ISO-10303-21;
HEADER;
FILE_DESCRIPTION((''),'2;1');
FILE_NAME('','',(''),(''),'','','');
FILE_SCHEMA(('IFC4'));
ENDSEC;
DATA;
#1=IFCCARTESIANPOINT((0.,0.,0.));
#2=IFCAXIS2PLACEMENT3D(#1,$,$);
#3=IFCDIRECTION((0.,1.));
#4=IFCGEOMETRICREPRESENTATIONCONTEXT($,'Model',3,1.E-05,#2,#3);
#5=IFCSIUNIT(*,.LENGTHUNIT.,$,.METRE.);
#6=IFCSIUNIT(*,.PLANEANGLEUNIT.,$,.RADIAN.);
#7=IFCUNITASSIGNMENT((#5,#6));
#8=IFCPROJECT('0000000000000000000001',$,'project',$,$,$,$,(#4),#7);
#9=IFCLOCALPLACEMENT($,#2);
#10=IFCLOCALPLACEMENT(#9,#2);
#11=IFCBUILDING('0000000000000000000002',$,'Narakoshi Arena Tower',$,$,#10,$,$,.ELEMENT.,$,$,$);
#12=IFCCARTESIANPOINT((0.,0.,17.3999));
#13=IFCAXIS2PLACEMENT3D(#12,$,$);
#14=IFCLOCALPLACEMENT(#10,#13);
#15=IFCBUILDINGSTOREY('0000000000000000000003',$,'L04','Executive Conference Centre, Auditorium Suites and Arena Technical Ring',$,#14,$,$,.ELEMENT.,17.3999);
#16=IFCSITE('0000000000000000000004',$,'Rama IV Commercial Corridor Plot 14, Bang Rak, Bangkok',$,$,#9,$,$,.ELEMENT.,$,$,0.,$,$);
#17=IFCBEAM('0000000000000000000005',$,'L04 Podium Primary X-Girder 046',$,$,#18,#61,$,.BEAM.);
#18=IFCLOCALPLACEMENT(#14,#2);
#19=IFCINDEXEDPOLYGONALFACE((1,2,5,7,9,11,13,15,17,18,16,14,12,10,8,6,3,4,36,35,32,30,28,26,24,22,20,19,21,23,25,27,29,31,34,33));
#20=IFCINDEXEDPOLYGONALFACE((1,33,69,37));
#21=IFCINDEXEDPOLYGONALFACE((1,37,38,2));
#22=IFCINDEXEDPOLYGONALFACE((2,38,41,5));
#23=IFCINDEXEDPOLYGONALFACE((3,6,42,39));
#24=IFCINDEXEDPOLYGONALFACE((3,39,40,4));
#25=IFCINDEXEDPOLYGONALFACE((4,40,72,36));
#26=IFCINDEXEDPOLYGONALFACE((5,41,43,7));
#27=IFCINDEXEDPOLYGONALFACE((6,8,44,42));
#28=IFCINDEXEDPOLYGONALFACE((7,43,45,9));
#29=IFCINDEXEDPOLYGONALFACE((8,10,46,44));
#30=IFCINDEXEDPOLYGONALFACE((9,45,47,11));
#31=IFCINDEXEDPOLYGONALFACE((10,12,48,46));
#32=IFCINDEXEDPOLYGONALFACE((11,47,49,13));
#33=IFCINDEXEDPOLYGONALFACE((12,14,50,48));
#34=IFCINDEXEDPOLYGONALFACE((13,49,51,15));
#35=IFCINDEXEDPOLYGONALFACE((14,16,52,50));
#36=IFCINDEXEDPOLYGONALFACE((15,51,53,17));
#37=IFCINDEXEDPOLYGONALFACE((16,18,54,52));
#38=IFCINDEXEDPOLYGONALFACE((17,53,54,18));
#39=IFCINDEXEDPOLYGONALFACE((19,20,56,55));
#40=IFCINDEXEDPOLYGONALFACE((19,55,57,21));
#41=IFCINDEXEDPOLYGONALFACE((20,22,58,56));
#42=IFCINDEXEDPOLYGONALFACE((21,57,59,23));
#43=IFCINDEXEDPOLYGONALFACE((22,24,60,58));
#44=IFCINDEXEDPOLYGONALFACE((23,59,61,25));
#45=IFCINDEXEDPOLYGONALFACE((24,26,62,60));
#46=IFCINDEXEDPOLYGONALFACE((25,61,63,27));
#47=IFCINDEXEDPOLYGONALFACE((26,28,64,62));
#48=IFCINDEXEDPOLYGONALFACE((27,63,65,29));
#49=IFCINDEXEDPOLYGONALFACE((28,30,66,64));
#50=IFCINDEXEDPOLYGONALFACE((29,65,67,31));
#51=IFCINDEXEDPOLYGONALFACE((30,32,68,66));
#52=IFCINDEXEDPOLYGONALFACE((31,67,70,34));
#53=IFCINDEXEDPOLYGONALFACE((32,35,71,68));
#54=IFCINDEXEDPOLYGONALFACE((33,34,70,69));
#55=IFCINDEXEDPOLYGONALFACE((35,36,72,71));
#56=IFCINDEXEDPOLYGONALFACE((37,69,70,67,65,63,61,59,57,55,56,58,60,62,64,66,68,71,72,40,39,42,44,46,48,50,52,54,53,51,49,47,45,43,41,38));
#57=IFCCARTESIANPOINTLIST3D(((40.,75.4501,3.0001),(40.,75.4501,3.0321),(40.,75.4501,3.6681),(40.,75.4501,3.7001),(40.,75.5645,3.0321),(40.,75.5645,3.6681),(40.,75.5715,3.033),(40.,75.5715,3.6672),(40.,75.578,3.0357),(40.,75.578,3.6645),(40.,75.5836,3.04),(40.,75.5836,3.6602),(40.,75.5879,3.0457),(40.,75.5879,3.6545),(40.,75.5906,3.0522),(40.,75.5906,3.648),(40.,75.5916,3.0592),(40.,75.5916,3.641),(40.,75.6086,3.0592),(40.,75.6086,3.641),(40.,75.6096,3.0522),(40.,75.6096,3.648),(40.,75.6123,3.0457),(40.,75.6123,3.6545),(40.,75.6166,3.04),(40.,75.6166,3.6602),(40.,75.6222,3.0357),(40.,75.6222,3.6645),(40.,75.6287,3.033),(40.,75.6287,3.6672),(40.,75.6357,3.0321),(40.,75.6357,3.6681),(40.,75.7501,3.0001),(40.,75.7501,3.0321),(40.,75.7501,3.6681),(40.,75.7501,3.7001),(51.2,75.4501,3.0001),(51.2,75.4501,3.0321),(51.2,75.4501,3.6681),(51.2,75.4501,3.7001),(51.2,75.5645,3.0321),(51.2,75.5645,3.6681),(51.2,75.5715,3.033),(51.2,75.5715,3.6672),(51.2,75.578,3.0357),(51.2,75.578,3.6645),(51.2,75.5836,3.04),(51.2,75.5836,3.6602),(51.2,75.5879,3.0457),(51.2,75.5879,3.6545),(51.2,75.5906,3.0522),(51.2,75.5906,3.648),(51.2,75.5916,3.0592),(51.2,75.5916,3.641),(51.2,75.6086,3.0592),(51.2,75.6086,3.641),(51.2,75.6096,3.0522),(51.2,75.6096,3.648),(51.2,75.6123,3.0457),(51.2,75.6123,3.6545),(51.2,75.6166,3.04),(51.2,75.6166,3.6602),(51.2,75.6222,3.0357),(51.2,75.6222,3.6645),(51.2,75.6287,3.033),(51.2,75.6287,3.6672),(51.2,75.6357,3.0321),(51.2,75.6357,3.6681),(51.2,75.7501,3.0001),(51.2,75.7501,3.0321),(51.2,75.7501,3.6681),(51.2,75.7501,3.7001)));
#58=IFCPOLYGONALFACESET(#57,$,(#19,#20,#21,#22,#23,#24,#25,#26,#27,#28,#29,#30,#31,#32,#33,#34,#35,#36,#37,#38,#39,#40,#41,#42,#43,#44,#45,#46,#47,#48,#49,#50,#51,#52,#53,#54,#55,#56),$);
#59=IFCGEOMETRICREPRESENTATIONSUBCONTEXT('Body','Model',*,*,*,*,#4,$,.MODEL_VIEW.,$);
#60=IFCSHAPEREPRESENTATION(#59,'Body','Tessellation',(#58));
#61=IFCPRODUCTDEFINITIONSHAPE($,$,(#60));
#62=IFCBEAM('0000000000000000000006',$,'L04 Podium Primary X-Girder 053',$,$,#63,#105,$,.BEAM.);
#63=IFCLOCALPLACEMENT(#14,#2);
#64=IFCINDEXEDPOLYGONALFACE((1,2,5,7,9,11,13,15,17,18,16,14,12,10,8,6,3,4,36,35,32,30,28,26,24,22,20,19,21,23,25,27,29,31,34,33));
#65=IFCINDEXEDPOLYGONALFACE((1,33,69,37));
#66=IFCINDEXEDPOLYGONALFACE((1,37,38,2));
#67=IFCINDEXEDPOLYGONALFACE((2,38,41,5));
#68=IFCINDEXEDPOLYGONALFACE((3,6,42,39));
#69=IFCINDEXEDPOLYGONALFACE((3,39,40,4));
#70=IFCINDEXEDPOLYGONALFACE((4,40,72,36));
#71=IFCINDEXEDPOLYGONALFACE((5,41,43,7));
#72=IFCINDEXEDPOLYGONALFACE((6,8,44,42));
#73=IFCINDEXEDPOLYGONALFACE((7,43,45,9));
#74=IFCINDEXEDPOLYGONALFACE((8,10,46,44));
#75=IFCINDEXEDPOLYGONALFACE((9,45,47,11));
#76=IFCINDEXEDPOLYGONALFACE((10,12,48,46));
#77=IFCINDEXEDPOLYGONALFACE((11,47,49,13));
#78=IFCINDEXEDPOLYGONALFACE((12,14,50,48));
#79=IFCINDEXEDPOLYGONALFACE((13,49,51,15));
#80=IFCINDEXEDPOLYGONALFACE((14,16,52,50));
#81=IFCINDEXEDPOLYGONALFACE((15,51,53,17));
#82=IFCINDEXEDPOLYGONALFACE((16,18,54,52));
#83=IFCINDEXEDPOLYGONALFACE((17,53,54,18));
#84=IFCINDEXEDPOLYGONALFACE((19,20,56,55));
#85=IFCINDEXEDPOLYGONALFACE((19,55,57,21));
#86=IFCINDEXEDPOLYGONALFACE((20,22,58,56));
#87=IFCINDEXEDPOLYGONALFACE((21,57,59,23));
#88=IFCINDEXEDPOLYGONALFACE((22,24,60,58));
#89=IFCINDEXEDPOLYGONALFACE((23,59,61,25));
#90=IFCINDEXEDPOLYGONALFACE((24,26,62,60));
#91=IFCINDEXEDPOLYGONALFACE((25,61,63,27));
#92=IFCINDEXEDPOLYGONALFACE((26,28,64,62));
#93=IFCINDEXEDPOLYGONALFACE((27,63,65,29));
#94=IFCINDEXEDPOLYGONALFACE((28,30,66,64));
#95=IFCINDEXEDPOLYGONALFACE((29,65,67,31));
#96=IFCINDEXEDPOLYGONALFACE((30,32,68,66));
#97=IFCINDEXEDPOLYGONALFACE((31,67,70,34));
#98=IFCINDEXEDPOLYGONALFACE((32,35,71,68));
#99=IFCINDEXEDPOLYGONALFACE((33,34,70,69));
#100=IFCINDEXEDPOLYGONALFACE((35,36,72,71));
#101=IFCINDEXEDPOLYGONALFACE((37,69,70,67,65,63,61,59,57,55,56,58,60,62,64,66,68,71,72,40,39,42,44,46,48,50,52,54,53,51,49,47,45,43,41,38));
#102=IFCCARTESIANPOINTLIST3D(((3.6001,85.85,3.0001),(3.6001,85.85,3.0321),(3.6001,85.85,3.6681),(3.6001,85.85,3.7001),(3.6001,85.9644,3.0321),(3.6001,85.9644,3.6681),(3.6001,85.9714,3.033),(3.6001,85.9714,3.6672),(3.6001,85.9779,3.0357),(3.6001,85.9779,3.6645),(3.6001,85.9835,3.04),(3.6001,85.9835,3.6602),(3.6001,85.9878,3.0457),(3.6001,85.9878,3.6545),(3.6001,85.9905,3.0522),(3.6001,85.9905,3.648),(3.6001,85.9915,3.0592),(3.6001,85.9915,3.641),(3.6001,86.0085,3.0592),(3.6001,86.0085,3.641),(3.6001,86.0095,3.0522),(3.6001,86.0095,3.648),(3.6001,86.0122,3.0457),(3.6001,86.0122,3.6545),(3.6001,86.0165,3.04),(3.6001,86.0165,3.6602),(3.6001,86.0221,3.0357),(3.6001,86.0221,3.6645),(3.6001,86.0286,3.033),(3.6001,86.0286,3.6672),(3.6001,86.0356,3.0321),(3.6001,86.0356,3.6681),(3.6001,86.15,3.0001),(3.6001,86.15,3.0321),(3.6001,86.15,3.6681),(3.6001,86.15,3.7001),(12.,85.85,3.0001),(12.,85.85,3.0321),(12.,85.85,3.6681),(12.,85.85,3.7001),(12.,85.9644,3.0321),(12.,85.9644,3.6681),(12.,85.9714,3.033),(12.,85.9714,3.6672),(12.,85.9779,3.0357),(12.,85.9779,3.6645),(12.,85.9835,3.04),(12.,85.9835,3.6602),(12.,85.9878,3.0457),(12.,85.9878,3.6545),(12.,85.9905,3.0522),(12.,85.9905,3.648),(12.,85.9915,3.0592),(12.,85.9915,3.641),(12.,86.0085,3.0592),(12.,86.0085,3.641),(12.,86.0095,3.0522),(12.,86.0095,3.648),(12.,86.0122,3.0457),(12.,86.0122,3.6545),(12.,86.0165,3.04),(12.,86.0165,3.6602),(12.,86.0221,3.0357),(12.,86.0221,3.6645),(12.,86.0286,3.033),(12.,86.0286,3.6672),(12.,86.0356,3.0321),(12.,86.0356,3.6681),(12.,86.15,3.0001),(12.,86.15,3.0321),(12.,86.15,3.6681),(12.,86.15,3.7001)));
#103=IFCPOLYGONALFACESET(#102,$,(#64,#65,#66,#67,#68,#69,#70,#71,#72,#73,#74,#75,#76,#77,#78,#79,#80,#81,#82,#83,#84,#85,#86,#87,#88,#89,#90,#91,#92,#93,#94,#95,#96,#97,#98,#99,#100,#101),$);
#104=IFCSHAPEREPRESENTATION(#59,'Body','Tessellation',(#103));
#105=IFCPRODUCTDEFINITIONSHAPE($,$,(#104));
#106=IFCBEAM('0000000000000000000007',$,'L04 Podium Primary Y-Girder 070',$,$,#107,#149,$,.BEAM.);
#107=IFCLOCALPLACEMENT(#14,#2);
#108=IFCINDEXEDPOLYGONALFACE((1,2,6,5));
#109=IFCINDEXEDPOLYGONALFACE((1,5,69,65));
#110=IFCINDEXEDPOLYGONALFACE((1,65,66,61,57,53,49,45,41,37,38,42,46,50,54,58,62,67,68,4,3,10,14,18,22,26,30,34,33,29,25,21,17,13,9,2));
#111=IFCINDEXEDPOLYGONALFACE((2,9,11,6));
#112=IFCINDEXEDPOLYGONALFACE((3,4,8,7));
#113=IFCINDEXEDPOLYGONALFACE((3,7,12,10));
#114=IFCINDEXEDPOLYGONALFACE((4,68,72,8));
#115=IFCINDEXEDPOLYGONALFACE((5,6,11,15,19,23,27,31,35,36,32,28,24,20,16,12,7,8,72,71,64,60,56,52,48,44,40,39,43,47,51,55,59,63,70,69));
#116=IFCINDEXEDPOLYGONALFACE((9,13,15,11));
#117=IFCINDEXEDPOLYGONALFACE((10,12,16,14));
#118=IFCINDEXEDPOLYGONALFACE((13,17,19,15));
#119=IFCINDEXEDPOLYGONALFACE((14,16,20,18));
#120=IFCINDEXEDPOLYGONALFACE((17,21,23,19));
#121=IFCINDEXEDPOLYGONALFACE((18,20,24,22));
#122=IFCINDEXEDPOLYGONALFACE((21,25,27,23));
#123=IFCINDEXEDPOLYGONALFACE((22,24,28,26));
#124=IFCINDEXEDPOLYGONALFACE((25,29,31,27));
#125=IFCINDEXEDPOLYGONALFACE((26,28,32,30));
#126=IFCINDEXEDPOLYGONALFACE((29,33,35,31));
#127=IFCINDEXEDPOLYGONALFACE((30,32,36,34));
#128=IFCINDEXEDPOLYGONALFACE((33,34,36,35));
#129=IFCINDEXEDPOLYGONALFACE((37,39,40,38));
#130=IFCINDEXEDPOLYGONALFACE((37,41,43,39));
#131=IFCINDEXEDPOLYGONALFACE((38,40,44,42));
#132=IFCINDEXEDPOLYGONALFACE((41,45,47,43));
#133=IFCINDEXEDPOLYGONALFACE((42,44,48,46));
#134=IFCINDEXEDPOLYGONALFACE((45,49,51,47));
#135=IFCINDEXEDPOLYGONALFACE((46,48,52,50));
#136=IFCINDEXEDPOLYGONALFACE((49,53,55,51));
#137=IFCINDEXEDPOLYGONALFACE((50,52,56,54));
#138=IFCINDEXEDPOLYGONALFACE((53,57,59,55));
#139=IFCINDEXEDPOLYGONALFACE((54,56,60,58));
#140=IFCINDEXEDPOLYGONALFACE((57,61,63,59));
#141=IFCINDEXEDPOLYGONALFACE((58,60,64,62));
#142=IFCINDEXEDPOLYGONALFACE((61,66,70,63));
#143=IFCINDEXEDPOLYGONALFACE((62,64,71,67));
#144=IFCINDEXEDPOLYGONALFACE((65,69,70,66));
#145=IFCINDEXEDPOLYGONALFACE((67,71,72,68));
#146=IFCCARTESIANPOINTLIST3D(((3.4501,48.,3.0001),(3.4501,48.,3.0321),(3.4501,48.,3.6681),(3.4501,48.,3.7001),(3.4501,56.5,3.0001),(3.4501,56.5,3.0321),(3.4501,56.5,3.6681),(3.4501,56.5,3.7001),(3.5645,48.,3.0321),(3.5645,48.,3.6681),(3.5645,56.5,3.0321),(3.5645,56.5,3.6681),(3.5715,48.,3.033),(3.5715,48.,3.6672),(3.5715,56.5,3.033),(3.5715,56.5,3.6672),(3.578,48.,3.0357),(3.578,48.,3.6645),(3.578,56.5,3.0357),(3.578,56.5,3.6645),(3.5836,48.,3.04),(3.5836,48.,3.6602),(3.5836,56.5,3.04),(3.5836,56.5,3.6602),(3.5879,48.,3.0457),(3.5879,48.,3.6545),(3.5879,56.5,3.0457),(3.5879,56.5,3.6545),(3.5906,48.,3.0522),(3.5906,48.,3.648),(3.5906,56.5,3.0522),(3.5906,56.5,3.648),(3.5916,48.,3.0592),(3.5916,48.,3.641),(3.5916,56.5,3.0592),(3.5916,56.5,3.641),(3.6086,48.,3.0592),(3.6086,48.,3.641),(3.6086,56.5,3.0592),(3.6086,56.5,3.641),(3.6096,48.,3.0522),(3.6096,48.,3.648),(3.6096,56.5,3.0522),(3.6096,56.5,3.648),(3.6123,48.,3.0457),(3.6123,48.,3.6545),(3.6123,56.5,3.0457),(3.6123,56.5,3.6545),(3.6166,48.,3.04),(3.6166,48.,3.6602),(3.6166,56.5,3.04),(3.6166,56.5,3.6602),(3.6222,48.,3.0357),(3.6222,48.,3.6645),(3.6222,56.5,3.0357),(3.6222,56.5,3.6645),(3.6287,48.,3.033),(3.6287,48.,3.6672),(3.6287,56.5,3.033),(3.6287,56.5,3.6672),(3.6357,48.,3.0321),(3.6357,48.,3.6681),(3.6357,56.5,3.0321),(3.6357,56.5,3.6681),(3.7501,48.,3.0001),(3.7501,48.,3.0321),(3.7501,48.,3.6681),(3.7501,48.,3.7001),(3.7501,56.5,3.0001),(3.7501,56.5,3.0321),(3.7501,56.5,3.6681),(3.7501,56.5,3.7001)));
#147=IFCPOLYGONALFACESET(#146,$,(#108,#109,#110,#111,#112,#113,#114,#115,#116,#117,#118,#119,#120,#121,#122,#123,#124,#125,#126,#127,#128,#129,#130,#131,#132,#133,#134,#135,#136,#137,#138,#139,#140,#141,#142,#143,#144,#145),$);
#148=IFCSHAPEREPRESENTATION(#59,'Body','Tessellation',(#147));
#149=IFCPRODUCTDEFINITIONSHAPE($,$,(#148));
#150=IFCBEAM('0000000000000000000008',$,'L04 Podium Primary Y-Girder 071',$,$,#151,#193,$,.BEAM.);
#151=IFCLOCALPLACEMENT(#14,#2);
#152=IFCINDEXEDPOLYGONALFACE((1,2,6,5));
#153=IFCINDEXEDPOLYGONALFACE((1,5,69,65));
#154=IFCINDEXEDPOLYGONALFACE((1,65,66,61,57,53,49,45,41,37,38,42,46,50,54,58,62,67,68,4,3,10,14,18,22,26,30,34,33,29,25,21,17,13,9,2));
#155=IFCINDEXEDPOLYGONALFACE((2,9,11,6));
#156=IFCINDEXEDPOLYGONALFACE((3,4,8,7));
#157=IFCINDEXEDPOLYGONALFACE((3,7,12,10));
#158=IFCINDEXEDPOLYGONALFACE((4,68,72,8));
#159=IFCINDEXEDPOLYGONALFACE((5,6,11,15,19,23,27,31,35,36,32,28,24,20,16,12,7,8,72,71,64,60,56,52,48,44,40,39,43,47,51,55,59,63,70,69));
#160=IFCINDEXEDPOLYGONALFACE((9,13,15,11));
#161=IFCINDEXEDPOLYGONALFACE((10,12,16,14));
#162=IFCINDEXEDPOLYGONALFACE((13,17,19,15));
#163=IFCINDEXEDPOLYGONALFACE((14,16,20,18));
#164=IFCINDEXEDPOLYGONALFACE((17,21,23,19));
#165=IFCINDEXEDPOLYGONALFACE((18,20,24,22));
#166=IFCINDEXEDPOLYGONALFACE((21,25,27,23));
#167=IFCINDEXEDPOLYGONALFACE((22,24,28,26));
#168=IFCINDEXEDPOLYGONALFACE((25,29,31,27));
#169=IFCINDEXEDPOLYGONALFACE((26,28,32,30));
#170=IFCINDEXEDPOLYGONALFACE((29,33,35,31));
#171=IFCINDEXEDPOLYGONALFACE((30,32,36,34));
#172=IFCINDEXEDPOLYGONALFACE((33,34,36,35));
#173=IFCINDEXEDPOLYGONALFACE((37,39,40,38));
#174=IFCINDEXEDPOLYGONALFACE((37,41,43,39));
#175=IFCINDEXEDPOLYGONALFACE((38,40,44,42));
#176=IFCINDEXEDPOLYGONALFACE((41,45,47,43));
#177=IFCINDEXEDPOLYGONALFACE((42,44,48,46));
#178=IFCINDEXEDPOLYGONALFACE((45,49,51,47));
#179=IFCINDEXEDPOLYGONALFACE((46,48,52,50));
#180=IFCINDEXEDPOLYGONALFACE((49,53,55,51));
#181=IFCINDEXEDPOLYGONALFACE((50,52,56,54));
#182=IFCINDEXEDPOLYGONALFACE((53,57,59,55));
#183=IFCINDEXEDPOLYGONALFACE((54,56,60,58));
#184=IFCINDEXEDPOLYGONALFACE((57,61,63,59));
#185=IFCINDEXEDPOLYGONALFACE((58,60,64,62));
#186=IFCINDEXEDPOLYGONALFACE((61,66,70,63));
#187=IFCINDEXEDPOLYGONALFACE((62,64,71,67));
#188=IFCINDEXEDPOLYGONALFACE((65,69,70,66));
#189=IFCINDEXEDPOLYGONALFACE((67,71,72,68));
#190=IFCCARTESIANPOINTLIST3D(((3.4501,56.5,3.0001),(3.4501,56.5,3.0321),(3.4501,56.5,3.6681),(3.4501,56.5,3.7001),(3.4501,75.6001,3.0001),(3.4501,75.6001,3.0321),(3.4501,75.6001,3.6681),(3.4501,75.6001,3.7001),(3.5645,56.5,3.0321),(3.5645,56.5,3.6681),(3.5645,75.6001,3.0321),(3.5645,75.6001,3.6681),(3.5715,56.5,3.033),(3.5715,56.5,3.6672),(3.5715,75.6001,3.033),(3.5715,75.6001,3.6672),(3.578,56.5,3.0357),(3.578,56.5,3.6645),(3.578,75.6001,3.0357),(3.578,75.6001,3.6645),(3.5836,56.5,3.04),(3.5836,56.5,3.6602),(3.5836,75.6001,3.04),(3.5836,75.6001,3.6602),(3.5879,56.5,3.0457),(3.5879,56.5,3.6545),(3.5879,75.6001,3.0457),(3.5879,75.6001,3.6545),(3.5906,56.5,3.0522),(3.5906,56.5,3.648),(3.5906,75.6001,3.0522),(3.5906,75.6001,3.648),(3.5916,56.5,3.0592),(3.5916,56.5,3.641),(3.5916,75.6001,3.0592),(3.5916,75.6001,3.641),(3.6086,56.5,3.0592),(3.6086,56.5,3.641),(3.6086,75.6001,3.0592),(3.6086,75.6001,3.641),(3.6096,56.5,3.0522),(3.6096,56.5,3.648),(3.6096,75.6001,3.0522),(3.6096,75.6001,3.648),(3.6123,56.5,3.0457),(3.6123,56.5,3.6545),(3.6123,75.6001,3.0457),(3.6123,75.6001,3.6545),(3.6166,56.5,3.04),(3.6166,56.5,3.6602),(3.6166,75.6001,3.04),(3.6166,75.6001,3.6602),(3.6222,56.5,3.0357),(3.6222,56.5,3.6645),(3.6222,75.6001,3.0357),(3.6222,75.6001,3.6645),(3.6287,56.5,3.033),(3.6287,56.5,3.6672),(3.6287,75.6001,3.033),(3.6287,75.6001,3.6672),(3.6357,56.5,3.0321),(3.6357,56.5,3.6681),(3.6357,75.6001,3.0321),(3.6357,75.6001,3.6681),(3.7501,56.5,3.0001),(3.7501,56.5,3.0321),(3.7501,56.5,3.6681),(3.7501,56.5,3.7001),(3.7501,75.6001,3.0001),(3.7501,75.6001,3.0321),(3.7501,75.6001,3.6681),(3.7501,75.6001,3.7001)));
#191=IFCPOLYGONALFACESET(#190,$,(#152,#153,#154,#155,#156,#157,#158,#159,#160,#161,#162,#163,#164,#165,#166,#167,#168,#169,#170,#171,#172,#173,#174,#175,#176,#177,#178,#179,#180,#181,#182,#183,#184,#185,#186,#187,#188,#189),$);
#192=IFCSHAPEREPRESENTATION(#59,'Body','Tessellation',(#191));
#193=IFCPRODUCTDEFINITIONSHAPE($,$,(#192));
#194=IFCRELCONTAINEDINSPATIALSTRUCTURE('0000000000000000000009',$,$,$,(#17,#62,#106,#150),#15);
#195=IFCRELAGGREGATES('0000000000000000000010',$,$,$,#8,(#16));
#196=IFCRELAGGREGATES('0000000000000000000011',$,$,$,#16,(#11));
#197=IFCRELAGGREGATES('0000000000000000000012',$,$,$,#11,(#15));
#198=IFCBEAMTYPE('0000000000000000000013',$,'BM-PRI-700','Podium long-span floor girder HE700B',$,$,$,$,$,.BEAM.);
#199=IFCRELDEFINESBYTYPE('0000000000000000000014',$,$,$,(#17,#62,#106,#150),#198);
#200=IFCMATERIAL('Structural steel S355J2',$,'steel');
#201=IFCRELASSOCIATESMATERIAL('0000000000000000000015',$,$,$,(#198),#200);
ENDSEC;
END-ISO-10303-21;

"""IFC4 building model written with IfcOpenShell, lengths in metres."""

from ifc_helpers import new_model, si_unit, direction, frame, origin, origin_2d, place, context, subcontext, project, spatial, i_section, extrude, material, material_profile, profile_set, type_object, element, save


model = new_model("IFC4")

# Units and contexts
model_context = context("Model", 3, precision=1e-05, world=origin(), true_north=direction((0.0, 1.0)))
body_context = subcontext(model_context, "Body", "Model", "MODEL_VIEW")
ifc_project = project(units=[si_unit("LENGTHUNIT", "METRE"), si_unit("PLANEANGLEUNIT", "RADIAN")], contexts=[model_context])

# Site, building, storey
site_placement = place(None, origin())
site = spatial("IfcSite", under=ifc_project, at=site_placement, Name="Rama IV Commercial Corridor Plot 14, Bang Rak, Bangkok", CompositionType="ELEMENT", RefElevation=0.0)
building_placement = place(site_placement, origin())
building = spatial("IfcBuilding", under=site, at=building_placement, Name="Narakoshi Arena Tower", CompositionType="ELEMENT")
storey_placement = place(building_placement, frame((0.0, 0.0, 17.3999)))
storey = spatial("IfcBuildingStorey", under=building, at=storey_placement, Name="L04", Description="Executive Conference Centre, Auditorium Suites and Arena Technical Ring", CompositionType="ELEMENT", Elevation=17.3999)

# Shared definitions
ifc_material_1 = material(Name="Structural steel S355J2", Category="steel")

# Beams
ifc_material_profile_1 = material_profile(ifc_material_1, i_section(OverallWidth=0.3, OverallDepth=0.7, WebThickness=0.0171, FlangeThickness=0.032, FilletRadius=0.0271, at=origin_2d()), Name="HE700B")
ifc_profile_set_1 = profile_set([ifc_material_profile_1], Name="Structural steel S355J2")
beam_type_1 = type_object("IfcBeamType", Name="BM-PRI-700", Description="Podium long-span floor girder HE700B", PredefinedType="BEAM", material=ifc_profile_set_1)
beam_1_placement = place(storey_placement, frame((40.0, 75.6001, 3.3501), z_axis=(1.0, 0.0, 0.0), x_axis=(0.0, 1.0, 0.0)))
element("IfcBeam", 1, at=beam_1_placement, inside=storey, type_object=beam_type_1, Name="L04 Podium Primary X-Girder 046", PredefinedType="BEAM", context=body_context, shape_type="SweptSolid", body=[
    extrude(i_section(OverallWidth=0.3, OverallDepth=0.7, WebThickness=0.0171, FlangeThickness=0.032, FilletRadius=0.0271, at=origin_2d()), origin(), (0.0, 0.0, 1.0), 11.2),
])
beam_2_placement = place(storey_placement, frame((3.6001, 86.0, 3.3501), z_axis=(1.0, 0.0, 0.0), x_axis=(0.0, 1.0, 0.0)))
element("IfcBeam", 2, at=beam_2_placement, inside=storey, type_object=beam_type_1, Name="L04 Podium Primary X-Girder 053", PredefinedType="BEAM", context=body_context, shape_type="SweptSolid", body=[
    extrude(i_section(OverallWidth=0.3, OverallDepth=0.7, WebThickness=0.0171, FlangeThickness=0.032, FilletRadius=0.0271, at=origin_2d()), origin(), (0.0, 0.0, 1.0), 8.3999),
])
beam_3_placement = place(storey_placement, frame((3.6001, 48.0, 3.3501), z_axis=(0.0, 1.0, 0.0), x_axis=(-1.0, 0.0, 0.0)))
element("IfcBeam", 3, at=beam_3_placement, inside=storey, type_object=beam_type_1, Name="L04 Podium Primary Y-Girder 070", PredefinedType="BEAM", context=body_context, shape_type="SweptSolid", body=[
    extrude(i_section(OverallWidth=0.3, OverallDepth=0.7, WebThickness=0.0171, FlangeThickness=0.032, FilletRadius=0.0271, at=origin_2d()), origin(), (0.0, 0.0, 1.0), 8.5),
])
beam_4_placement = place(storey_placement, frame((3.6001, 56.5, 3.3501), z_axis=(0.0, 1.0, 0.0), x_axis=(-1.0, 0.0, 0.0)))
element("IfcBeam", 4, at=beam_4_placement, inside=storey, type_object=beam_type_1, Name="L04 Podium Primary Y-Girder 071", PredefinedType="BEAM", context=body_context, shape_type="SweptSolid", body=[
    extrude(i_section(OverallWidth=0.3, OverallDepth=0.7, WebThickness=0.0171, FlangeThickness=0.032, FilletRadius=0.0271, at=origin_2d()), origin(), (0.0, 0.0, 1.0), 19.1001),
])

save(model, "model.ifc")
